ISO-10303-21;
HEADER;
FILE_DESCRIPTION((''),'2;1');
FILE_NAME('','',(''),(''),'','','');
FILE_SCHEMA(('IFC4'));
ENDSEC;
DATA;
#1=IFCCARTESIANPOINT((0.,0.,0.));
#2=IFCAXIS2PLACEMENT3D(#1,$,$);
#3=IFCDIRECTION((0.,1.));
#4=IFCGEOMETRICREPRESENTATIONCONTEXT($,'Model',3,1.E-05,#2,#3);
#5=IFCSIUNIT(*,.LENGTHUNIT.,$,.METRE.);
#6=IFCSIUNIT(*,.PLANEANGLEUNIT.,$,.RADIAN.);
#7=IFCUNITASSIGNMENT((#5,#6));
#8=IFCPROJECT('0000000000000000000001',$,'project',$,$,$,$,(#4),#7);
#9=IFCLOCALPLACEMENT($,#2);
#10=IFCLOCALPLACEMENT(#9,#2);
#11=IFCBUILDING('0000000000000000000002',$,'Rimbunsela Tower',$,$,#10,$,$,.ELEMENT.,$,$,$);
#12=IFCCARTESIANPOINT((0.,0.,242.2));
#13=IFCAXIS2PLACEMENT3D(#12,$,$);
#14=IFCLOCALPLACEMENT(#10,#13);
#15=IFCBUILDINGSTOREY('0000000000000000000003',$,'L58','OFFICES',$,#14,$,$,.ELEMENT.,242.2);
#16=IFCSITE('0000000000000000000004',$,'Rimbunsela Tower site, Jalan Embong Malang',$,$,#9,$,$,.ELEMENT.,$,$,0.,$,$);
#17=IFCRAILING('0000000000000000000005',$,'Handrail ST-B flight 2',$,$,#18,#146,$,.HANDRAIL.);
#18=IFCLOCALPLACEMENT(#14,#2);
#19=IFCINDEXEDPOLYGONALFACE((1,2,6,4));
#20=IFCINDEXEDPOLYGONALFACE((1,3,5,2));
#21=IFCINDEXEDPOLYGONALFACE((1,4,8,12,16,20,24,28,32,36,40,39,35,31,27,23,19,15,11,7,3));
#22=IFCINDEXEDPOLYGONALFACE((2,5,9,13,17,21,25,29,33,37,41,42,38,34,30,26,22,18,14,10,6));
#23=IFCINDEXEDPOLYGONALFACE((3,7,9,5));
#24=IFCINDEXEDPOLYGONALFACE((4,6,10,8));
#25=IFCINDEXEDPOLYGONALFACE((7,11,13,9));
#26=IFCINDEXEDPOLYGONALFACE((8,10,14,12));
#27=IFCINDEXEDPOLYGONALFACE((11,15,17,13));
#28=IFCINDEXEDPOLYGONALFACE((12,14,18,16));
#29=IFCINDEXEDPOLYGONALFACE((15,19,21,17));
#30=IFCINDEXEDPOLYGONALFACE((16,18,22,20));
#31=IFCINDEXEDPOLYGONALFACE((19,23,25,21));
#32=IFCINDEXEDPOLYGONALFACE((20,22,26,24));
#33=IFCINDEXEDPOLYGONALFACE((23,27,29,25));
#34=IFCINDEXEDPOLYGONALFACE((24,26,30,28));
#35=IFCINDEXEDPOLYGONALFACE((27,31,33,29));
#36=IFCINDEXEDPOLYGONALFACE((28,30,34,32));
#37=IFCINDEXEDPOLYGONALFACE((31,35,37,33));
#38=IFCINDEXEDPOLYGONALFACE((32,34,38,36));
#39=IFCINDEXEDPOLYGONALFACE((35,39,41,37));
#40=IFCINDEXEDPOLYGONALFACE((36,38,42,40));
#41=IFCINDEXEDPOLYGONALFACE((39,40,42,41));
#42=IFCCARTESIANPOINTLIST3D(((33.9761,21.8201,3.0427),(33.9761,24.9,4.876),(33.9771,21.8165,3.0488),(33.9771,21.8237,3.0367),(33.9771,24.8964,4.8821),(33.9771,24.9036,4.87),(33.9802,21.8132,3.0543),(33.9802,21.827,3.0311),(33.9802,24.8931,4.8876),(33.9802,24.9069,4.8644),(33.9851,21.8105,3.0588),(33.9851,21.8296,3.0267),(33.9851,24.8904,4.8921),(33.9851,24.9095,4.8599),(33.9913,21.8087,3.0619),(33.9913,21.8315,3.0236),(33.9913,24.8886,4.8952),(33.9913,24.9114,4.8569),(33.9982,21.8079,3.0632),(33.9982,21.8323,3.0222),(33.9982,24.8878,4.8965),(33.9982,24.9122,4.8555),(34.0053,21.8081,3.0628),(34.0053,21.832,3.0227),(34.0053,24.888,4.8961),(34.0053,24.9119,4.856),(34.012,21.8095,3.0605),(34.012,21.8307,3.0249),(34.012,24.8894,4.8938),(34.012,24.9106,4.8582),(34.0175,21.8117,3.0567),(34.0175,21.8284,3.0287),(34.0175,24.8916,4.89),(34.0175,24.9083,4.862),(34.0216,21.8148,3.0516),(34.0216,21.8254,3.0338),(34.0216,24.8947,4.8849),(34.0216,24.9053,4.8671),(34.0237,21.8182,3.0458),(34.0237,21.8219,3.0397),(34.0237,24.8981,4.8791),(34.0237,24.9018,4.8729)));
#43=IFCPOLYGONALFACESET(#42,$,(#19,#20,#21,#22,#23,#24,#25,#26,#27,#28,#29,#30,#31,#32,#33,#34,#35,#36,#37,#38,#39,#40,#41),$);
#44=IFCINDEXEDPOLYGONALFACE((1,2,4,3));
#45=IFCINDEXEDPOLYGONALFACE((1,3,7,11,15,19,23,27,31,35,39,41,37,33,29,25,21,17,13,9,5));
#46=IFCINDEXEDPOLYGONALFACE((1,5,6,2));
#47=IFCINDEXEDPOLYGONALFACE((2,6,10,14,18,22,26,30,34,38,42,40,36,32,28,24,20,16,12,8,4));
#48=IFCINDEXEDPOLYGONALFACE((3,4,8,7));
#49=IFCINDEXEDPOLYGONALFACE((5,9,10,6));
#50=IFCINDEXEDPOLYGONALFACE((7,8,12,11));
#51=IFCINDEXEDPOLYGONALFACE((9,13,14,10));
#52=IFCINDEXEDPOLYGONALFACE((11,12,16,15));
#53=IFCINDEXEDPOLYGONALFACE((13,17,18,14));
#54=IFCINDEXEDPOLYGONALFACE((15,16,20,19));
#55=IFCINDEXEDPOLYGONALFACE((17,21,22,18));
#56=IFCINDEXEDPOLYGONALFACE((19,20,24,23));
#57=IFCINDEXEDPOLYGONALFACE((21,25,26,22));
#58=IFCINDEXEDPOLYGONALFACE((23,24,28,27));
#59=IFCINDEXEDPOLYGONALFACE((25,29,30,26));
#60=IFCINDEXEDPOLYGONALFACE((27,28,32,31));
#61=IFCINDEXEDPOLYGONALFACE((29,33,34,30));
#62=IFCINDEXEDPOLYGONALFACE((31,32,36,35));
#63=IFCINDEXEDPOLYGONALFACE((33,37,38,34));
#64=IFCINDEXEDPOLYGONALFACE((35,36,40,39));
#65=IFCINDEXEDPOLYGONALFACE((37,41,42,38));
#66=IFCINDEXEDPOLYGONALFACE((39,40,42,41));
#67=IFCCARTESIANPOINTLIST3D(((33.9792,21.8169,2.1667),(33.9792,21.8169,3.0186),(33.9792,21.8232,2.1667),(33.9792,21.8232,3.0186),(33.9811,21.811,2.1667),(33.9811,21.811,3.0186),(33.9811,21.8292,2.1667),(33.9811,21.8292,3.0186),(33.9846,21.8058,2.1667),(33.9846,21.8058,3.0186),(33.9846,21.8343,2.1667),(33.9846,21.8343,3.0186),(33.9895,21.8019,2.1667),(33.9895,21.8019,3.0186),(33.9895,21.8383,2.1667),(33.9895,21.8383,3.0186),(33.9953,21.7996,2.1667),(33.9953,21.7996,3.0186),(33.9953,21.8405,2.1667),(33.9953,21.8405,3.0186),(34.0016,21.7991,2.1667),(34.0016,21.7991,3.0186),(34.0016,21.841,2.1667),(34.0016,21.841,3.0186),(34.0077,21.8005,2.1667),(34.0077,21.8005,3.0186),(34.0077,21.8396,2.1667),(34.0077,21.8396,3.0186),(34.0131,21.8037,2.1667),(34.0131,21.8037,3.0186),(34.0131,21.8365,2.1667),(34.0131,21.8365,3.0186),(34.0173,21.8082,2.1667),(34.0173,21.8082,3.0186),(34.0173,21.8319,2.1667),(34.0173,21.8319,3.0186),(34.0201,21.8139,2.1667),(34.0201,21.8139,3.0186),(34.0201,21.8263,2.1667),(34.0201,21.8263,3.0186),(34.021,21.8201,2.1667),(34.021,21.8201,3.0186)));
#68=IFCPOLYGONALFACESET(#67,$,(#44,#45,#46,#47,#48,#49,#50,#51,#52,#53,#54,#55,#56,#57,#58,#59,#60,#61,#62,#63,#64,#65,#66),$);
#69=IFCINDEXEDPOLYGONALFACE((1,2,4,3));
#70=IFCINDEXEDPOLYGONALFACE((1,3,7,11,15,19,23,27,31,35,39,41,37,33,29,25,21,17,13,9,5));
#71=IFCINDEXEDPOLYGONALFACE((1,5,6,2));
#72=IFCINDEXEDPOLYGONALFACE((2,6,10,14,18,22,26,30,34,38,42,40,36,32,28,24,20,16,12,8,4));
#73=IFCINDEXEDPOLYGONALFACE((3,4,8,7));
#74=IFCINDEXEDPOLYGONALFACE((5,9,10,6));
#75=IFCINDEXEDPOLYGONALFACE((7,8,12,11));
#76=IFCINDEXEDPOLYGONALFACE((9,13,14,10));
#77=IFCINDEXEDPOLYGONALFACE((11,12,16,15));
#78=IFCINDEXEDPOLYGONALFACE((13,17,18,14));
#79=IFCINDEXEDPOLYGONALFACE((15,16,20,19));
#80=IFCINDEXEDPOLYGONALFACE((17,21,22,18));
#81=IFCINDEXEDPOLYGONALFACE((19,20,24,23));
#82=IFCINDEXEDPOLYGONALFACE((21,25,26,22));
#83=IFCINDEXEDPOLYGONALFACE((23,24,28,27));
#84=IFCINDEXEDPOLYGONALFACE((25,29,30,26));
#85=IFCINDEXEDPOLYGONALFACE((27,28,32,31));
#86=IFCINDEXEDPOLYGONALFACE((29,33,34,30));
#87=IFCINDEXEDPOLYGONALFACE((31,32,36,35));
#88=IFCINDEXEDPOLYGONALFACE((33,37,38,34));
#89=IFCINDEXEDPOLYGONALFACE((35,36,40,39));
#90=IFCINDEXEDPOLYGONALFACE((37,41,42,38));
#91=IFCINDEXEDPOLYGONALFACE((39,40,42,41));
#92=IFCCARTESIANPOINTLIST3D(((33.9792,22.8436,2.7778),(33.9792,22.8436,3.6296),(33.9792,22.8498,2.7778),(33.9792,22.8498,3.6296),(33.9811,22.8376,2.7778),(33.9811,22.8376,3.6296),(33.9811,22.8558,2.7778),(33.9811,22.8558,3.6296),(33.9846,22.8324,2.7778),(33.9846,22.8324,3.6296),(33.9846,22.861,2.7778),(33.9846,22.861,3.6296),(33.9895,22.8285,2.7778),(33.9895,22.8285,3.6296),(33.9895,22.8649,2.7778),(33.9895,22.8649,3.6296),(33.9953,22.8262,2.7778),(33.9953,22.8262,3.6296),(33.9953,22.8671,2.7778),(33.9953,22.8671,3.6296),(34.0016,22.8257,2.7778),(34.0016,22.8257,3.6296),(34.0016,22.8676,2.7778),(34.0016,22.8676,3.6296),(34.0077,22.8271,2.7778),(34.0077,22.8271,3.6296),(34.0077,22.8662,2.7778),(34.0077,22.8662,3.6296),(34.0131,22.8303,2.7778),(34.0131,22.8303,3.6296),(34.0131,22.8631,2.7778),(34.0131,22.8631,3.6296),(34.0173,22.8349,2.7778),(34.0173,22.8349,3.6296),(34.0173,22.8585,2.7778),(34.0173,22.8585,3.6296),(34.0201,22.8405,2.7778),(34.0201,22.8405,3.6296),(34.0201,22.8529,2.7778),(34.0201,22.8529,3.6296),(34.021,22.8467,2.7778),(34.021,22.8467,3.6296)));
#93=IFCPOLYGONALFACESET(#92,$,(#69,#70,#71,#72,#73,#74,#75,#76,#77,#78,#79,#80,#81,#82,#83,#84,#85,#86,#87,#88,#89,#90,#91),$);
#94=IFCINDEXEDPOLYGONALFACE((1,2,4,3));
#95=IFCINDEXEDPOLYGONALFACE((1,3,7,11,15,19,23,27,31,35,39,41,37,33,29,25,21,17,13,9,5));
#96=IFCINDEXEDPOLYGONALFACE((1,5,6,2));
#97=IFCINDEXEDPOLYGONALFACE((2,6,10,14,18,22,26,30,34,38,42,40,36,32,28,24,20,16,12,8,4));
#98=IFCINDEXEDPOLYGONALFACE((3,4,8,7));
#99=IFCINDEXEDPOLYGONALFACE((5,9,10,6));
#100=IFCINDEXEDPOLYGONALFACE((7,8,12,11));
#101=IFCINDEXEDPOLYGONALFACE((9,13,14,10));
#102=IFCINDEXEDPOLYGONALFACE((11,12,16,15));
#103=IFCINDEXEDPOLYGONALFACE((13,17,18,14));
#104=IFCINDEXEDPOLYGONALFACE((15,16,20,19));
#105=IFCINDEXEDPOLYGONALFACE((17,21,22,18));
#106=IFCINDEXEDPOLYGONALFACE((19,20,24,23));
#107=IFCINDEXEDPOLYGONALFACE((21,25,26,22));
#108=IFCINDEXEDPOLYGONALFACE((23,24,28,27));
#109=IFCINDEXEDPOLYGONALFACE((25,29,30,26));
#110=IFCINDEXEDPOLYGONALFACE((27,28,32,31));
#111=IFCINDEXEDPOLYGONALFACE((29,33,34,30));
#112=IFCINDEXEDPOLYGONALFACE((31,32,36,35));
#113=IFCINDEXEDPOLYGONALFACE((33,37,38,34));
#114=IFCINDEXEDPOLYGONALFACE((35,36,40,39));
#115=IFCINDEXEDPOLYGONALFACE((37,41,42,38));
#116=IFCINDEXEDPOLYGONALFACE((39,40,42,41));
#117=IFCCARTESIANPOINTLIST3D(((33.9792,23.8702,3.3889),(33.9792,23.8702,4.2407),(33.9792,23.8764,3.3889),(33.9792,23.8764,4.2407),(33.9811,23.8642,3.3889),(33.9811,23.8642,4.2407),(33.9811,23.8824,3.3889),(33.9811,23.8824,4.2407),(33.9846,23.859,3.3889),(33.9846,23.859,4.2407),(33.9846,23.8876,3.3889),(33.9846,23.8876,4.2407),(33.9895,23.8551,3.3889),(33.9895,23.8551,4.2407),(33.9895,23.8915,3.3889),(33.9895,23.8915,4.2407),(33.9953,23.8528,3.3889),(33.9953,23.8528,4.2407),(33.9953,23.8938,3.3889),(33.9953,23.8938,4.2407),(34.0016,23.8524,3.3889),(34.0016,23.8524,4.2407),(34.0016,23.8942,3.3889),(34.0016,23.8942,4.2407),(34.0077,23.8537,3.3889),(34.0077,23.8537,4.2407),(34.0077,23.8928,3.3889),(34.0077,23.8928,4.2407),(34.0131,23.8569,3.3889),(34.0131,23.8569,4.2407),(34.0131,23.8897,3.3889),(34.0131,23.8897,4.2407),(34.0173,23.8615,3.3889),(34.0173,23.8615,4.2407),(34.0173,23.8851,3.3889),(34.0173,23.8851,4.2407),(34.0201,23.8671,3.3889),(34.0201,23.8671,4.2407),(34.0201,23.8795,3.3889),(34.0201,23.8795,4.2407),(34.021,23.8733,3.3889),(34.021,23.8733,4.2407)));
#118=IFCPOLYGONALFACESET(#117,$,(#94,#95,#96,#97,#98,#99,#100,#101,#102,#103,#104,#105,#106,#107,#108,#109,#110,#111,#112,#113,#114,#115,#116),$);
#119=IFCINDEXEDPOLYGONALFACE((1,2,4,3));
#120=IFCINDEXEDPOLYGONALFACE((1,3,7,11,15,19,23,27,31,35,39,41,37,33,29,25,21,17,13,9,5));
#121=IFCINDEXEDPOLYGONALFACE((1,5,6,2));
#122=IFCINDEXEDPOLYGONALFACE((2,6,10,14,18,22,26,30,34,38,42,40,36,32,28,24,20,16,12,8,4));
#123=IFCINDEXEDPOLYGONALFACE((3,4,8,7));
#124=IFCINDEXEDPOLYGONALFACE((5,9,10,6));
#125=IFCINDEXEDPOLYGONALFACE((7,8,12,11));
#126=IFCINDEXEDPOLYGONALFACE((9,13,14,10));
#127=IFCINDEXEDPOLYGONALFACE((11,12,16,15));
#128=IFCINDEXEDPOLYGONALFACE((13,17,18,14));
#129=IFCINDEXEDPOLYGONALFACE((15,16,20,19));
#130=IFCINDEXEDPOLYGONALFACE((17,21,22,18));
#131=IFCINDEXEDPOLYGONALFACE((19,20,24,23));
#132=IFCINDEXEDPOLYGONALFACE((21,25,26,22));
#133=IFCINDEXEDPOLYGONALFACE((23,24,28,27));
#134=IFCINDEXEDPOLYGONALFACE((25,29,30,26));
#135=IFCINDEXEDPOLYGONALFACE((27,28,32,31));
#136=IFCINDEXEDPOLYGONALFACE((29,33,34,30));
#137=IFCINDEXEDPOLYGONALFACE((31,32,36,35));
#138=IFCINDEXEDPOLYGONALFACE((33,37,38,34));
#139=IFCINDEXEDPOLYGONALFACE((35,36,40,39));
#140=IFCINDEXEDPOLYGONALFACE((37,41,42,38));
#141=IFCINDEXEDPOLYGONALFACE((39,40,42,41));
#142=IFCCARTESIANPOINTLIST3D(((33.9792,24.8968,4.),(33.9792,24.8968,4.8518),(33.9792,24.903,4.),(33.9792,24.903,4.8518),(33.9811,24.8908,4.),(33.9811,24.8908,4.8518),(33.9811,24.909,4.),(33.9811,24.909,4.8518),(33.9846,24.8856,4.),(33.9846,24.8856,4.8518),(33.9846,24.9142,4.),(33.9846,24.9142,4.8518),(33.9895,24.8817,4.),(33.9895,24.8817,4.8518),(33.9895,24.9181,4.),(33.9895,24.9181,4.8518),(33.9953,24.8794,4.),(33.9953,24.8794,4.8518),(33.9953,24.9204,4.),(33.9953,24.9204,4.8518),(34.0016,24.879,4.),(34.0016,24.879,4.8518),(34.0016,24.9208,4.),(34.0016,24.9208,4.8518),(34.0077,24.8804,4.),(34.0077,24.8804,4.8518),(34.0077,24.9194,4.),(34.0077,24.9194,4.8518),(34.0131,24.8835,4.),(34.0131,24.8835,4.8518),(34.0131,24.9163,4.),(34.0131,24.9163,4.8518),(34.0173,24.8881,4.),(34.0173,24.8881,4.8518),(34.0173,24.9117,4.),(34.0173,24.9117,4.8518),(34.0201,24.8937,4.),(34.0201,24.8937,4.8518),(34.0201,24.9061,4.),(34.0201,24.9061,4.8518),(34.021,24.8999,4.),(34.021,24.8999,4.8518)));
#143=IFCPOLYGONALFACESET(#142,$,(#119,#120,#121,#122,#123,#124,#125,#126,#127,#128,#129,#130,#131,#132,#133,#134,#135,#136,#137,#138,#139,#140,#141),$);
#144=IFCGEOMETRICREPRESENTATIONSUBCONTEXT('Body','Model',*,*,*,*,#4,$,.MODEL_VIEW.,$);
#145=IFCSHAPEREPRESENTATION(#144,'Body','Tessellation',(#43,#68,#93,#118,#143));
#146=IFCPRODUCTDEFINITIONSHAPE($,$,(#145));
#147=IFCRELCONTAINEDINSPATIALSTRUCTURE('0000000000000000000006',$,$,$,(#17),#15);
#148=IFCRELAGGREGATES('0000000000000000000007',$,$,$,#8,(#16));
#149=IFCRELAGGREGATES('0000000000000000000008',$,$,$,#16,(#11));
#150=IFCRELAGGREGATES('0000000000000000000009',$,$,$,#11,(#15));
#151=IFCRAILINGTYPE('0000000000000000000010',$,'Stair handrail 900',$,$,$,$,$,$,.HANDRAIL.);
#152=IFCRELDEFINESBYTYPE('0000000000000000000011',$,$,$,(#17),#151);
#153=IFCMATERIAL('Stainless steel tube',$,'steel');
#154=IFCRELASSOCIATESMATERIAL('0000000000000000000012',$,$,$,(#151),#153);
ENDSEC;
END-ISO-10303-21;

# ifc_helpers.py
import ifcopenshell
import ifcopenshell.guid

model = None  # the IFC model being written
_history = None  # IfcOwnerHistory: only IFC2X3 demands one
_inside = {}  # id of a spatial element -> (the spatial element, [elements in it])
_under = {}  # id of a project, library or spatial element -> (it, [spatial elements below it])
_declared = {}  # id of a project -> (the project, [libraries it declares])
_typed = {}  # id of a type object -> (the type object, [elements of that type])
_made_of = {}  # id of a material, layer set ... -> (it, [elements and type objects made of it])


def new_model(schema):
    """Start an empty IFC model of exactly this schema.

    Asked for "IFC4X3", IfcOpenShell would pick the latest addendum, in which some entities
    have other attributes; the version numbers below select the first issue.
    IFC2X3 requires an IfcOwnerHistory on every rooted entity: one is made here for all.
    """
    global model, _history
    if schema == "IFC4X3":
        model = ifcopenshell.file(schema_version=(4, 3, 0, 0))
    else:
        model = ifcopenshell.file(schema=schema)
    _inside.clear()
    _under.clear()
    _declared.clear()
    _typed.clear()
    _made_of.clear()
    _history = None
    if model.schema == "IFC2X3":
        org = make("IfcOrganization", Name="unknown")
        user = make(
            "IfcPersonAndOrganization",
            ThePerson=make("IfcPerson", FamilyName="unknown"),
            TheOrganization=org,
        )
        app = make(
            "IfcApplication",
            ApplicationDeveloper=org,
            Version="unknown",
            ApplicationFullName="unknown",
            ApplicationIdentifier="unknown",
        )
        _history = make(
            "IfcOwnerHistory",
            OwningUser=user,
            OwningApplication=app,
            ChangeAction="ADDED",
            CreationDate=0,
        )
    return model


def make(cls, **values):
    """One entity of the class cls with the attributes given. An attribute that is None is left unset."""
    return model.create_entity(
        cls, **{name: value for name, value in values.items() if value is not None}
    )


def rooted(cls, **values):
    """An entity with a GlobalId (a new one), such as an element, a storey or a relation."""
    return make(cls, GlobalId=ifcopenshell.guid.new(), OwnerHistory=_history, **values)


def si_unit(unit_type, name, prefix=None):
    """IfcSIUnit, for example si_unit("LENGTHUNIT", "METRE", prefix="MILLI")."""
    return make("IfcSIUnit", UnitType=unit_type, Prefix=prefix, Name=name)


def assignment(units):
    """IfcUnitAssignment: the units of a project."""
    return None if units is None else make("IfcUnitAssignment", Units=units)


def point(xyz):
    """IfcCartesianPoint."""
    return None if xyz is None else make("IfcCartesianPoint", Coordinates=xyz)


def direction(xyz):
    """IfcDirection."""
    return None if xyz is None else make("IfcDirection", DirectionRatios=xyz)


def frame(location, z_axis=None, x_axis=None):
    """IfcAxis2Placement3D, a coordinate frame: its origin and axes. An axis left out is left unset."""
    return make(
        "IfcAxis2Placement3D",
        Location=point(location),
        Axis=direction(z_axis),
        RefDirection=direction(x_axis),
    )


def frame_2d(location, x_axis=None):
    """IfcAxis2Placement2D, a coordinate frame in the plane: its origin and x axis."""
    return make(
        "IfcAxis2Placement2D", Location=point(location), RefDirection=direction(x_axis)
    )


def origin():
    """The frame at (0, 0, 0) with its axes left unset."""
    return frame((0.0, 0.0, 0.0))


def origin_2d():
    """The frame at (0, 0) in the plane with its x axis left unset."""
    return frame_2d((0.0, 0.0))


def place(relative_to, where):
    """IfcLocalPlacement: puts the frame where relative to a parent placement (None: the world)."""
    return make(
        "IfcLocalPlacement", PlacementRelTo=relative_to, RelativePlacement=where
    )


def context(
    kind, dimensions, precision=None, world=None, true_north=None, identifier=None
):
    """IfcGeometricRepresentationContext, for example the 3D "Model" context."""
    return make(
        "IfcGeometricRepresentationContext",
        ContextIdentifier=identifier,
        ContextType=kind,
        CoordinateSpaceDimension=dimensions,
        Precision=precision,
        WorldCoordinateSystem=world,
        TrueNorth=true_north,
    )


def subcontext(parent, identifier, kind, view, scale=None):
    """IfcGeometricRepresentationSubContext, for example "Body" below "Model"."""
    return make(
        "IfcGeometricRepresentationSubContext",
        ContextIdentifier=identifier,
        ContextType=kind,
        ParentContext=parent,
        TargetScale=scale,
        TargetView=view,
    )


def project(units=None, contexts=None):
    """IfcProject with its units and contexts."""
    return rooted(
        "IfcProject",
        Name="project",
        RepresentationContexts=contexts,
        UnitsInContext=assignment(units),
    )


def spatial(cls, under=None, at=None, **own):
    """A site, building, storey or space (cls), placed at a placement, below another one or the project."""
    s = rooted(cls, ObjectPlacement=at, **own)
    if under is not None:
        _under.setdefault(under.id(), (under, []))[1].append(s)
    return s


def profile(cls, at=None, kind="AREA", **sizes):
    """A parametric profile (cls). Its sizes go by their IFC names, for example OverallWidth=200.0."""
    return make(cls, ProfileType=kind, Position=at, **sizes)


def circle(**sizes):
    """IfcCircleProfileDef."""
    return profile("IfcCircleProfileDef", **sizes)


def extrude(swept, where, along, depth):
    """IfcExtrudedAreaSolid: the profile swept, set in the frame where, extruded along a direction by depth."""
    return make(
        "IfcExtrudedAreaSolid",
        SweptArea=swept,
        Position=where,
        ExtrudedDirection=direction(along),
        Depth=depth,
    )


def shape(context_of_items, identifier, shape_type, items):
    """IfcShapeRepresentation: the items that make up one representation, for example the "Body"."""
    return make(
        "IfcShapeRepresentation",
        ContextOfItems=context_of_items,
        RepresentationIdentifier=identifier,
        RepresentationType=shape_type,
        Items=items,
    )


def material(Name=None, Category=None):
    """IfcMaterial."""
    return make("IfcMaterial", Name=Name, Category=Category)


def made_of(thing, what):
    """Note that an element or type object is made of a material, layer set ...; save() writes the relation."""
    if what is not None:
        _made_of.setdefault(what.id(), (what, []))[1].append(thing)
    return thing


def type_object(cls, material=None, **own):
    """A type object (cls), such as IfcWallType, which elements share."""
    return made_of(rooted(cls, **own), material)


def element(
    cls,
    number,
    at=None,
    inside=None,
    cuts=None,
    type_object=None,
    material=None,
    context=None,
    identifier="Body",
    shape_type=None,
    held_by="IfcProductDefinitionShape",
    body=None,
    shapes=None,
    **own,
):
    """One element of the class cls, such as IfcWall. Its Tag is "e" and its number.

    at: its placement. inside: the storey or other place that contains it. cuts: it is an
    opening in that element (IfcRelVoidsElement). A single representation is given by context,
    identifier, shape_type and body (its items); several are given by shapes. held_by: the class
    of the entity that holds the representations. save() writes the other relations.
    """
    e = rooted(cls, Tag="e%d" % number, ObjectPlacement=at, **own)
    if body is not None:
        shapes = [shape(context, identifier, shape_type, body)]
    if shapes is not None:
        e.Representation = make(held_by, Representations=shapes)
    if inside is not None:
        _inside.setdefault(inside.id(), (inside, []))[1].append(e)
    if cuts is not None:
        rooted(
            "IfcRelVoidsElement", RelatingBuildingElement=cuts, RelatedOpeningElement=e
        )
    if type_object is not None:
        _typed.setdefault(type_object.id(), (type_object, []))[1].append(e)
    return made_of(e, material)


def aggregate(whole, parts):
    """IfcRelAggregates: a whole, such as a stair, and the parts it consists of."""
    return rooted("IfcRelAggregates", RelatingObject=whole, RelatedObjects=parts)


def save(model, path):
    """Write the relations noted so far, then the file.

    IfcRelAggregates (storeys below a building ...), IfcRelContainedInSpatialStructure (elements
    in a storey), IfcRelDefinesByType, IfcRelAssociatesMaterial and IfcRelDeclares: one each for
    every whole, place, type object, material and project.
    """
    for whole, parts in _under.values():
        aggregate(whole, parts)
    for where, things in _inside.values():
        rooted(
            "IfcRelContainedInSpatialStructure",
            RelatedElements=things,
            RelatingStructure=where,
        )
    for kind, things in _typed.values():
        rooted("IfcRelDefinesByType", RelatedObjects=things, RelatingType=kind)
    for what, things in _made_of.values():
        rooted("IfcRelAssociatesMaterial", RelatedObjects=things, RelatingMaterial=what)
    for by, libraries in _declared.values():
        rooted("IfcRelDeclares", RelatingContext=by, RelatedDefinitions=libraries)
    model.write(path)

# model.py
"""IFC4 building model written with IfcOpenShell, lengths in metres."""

from ifc_helpers import new_model, si_unit, direction, frame, origin, origin_2d, place, context, subcontext, project, spatial, circle, extrude, material, type_object, element, save


model = new_model("IFC4")

# Units and contexts
model_context = context("Model", 3, precision=1e-05, world=origin(), true_north=direction((0.0, 1.0)))
body_context = subcontext(model_context, "Body", "Model", "MODEL_VIEW")
ifc_project = project(units=[si_unit("LENGTHUNIT", "METRE"), si_unit("PLANEANGLEUNIT", "RADIAN")], contexts=[model_context])

# Site, building, storey
site_placement = place(None, origin())
site = spatial("IfcSite", under=ifc_project, at=site_placement, Name="Rimbunsela Tower site, Jalan Embong Malang", CompositionType="ELEMENT", RefElevation=0.0)
building_placement = place(site_placement, origin())
building = spatial("IfcBuilding", under=site, at=building_placement, Name="Rimbunsela Tower", CompositionType="ELEMENT")
storey_placement = place(building_placement, frame((0.0, 0.0, 242.2)))
storey = spatial("IfcBuildingStorey", under=building, at=storey_placement, Name="L58", Description="OFFICES", CompositionType="ELEMENT", Elevation=242.2)

# Railing
ifc_material_1 = material(Name="Stainless steel tube", Category="steel")
railing_type = type_object("IfcRailingType", Name="Stair handrail 900", PredefinedType="HANDRAIL", material=ifc_material_1)
railing_placement = place(storey_placement, frame((34.0, 21.8201, 2.1667)))
element("IfcRailing", 1, at=railing_placement, inside=storey, type_object=railing_type, Name="Handrail ST-B flight 2", PredefinedType="HANDRAIL", context=body_context, shape_type="SweptSolid", body=[
    extrude(circle(Radius=0.0239, at=origin_2d()), frame((0.0, 0.0, 0.876), z_axis=(0.0, 0.859291, 0.511487), x_axis=(-1.0, 0.0, 0.0)), (0.0, 0.0, 1.0), 3.5842),
    extrude(circle(Radius=0.021, at=origin_2d()), origin(), (0.0, 0.0, 1.0), 0.8518),
    extrude(circle(Radius=0.021, at=origin_2d()), frame((0.0, 1.0266, 0.6111)), (0.0, 0.0, 1.0), 0.8518),
    extrude(circle(Radius=0.021, at=origin_2d()), frame((0.0, 2.0532, 1.2222)), (0.0, 0.0, 1.0), 0.8518),
    extrude(circle(Radius=0.021, at=origin_2d()), frame((0.0, 3.0798, 1.8333)), (0.0, 0.0, 1.0), 0.8518),
])

save(model, "model.ifc")
